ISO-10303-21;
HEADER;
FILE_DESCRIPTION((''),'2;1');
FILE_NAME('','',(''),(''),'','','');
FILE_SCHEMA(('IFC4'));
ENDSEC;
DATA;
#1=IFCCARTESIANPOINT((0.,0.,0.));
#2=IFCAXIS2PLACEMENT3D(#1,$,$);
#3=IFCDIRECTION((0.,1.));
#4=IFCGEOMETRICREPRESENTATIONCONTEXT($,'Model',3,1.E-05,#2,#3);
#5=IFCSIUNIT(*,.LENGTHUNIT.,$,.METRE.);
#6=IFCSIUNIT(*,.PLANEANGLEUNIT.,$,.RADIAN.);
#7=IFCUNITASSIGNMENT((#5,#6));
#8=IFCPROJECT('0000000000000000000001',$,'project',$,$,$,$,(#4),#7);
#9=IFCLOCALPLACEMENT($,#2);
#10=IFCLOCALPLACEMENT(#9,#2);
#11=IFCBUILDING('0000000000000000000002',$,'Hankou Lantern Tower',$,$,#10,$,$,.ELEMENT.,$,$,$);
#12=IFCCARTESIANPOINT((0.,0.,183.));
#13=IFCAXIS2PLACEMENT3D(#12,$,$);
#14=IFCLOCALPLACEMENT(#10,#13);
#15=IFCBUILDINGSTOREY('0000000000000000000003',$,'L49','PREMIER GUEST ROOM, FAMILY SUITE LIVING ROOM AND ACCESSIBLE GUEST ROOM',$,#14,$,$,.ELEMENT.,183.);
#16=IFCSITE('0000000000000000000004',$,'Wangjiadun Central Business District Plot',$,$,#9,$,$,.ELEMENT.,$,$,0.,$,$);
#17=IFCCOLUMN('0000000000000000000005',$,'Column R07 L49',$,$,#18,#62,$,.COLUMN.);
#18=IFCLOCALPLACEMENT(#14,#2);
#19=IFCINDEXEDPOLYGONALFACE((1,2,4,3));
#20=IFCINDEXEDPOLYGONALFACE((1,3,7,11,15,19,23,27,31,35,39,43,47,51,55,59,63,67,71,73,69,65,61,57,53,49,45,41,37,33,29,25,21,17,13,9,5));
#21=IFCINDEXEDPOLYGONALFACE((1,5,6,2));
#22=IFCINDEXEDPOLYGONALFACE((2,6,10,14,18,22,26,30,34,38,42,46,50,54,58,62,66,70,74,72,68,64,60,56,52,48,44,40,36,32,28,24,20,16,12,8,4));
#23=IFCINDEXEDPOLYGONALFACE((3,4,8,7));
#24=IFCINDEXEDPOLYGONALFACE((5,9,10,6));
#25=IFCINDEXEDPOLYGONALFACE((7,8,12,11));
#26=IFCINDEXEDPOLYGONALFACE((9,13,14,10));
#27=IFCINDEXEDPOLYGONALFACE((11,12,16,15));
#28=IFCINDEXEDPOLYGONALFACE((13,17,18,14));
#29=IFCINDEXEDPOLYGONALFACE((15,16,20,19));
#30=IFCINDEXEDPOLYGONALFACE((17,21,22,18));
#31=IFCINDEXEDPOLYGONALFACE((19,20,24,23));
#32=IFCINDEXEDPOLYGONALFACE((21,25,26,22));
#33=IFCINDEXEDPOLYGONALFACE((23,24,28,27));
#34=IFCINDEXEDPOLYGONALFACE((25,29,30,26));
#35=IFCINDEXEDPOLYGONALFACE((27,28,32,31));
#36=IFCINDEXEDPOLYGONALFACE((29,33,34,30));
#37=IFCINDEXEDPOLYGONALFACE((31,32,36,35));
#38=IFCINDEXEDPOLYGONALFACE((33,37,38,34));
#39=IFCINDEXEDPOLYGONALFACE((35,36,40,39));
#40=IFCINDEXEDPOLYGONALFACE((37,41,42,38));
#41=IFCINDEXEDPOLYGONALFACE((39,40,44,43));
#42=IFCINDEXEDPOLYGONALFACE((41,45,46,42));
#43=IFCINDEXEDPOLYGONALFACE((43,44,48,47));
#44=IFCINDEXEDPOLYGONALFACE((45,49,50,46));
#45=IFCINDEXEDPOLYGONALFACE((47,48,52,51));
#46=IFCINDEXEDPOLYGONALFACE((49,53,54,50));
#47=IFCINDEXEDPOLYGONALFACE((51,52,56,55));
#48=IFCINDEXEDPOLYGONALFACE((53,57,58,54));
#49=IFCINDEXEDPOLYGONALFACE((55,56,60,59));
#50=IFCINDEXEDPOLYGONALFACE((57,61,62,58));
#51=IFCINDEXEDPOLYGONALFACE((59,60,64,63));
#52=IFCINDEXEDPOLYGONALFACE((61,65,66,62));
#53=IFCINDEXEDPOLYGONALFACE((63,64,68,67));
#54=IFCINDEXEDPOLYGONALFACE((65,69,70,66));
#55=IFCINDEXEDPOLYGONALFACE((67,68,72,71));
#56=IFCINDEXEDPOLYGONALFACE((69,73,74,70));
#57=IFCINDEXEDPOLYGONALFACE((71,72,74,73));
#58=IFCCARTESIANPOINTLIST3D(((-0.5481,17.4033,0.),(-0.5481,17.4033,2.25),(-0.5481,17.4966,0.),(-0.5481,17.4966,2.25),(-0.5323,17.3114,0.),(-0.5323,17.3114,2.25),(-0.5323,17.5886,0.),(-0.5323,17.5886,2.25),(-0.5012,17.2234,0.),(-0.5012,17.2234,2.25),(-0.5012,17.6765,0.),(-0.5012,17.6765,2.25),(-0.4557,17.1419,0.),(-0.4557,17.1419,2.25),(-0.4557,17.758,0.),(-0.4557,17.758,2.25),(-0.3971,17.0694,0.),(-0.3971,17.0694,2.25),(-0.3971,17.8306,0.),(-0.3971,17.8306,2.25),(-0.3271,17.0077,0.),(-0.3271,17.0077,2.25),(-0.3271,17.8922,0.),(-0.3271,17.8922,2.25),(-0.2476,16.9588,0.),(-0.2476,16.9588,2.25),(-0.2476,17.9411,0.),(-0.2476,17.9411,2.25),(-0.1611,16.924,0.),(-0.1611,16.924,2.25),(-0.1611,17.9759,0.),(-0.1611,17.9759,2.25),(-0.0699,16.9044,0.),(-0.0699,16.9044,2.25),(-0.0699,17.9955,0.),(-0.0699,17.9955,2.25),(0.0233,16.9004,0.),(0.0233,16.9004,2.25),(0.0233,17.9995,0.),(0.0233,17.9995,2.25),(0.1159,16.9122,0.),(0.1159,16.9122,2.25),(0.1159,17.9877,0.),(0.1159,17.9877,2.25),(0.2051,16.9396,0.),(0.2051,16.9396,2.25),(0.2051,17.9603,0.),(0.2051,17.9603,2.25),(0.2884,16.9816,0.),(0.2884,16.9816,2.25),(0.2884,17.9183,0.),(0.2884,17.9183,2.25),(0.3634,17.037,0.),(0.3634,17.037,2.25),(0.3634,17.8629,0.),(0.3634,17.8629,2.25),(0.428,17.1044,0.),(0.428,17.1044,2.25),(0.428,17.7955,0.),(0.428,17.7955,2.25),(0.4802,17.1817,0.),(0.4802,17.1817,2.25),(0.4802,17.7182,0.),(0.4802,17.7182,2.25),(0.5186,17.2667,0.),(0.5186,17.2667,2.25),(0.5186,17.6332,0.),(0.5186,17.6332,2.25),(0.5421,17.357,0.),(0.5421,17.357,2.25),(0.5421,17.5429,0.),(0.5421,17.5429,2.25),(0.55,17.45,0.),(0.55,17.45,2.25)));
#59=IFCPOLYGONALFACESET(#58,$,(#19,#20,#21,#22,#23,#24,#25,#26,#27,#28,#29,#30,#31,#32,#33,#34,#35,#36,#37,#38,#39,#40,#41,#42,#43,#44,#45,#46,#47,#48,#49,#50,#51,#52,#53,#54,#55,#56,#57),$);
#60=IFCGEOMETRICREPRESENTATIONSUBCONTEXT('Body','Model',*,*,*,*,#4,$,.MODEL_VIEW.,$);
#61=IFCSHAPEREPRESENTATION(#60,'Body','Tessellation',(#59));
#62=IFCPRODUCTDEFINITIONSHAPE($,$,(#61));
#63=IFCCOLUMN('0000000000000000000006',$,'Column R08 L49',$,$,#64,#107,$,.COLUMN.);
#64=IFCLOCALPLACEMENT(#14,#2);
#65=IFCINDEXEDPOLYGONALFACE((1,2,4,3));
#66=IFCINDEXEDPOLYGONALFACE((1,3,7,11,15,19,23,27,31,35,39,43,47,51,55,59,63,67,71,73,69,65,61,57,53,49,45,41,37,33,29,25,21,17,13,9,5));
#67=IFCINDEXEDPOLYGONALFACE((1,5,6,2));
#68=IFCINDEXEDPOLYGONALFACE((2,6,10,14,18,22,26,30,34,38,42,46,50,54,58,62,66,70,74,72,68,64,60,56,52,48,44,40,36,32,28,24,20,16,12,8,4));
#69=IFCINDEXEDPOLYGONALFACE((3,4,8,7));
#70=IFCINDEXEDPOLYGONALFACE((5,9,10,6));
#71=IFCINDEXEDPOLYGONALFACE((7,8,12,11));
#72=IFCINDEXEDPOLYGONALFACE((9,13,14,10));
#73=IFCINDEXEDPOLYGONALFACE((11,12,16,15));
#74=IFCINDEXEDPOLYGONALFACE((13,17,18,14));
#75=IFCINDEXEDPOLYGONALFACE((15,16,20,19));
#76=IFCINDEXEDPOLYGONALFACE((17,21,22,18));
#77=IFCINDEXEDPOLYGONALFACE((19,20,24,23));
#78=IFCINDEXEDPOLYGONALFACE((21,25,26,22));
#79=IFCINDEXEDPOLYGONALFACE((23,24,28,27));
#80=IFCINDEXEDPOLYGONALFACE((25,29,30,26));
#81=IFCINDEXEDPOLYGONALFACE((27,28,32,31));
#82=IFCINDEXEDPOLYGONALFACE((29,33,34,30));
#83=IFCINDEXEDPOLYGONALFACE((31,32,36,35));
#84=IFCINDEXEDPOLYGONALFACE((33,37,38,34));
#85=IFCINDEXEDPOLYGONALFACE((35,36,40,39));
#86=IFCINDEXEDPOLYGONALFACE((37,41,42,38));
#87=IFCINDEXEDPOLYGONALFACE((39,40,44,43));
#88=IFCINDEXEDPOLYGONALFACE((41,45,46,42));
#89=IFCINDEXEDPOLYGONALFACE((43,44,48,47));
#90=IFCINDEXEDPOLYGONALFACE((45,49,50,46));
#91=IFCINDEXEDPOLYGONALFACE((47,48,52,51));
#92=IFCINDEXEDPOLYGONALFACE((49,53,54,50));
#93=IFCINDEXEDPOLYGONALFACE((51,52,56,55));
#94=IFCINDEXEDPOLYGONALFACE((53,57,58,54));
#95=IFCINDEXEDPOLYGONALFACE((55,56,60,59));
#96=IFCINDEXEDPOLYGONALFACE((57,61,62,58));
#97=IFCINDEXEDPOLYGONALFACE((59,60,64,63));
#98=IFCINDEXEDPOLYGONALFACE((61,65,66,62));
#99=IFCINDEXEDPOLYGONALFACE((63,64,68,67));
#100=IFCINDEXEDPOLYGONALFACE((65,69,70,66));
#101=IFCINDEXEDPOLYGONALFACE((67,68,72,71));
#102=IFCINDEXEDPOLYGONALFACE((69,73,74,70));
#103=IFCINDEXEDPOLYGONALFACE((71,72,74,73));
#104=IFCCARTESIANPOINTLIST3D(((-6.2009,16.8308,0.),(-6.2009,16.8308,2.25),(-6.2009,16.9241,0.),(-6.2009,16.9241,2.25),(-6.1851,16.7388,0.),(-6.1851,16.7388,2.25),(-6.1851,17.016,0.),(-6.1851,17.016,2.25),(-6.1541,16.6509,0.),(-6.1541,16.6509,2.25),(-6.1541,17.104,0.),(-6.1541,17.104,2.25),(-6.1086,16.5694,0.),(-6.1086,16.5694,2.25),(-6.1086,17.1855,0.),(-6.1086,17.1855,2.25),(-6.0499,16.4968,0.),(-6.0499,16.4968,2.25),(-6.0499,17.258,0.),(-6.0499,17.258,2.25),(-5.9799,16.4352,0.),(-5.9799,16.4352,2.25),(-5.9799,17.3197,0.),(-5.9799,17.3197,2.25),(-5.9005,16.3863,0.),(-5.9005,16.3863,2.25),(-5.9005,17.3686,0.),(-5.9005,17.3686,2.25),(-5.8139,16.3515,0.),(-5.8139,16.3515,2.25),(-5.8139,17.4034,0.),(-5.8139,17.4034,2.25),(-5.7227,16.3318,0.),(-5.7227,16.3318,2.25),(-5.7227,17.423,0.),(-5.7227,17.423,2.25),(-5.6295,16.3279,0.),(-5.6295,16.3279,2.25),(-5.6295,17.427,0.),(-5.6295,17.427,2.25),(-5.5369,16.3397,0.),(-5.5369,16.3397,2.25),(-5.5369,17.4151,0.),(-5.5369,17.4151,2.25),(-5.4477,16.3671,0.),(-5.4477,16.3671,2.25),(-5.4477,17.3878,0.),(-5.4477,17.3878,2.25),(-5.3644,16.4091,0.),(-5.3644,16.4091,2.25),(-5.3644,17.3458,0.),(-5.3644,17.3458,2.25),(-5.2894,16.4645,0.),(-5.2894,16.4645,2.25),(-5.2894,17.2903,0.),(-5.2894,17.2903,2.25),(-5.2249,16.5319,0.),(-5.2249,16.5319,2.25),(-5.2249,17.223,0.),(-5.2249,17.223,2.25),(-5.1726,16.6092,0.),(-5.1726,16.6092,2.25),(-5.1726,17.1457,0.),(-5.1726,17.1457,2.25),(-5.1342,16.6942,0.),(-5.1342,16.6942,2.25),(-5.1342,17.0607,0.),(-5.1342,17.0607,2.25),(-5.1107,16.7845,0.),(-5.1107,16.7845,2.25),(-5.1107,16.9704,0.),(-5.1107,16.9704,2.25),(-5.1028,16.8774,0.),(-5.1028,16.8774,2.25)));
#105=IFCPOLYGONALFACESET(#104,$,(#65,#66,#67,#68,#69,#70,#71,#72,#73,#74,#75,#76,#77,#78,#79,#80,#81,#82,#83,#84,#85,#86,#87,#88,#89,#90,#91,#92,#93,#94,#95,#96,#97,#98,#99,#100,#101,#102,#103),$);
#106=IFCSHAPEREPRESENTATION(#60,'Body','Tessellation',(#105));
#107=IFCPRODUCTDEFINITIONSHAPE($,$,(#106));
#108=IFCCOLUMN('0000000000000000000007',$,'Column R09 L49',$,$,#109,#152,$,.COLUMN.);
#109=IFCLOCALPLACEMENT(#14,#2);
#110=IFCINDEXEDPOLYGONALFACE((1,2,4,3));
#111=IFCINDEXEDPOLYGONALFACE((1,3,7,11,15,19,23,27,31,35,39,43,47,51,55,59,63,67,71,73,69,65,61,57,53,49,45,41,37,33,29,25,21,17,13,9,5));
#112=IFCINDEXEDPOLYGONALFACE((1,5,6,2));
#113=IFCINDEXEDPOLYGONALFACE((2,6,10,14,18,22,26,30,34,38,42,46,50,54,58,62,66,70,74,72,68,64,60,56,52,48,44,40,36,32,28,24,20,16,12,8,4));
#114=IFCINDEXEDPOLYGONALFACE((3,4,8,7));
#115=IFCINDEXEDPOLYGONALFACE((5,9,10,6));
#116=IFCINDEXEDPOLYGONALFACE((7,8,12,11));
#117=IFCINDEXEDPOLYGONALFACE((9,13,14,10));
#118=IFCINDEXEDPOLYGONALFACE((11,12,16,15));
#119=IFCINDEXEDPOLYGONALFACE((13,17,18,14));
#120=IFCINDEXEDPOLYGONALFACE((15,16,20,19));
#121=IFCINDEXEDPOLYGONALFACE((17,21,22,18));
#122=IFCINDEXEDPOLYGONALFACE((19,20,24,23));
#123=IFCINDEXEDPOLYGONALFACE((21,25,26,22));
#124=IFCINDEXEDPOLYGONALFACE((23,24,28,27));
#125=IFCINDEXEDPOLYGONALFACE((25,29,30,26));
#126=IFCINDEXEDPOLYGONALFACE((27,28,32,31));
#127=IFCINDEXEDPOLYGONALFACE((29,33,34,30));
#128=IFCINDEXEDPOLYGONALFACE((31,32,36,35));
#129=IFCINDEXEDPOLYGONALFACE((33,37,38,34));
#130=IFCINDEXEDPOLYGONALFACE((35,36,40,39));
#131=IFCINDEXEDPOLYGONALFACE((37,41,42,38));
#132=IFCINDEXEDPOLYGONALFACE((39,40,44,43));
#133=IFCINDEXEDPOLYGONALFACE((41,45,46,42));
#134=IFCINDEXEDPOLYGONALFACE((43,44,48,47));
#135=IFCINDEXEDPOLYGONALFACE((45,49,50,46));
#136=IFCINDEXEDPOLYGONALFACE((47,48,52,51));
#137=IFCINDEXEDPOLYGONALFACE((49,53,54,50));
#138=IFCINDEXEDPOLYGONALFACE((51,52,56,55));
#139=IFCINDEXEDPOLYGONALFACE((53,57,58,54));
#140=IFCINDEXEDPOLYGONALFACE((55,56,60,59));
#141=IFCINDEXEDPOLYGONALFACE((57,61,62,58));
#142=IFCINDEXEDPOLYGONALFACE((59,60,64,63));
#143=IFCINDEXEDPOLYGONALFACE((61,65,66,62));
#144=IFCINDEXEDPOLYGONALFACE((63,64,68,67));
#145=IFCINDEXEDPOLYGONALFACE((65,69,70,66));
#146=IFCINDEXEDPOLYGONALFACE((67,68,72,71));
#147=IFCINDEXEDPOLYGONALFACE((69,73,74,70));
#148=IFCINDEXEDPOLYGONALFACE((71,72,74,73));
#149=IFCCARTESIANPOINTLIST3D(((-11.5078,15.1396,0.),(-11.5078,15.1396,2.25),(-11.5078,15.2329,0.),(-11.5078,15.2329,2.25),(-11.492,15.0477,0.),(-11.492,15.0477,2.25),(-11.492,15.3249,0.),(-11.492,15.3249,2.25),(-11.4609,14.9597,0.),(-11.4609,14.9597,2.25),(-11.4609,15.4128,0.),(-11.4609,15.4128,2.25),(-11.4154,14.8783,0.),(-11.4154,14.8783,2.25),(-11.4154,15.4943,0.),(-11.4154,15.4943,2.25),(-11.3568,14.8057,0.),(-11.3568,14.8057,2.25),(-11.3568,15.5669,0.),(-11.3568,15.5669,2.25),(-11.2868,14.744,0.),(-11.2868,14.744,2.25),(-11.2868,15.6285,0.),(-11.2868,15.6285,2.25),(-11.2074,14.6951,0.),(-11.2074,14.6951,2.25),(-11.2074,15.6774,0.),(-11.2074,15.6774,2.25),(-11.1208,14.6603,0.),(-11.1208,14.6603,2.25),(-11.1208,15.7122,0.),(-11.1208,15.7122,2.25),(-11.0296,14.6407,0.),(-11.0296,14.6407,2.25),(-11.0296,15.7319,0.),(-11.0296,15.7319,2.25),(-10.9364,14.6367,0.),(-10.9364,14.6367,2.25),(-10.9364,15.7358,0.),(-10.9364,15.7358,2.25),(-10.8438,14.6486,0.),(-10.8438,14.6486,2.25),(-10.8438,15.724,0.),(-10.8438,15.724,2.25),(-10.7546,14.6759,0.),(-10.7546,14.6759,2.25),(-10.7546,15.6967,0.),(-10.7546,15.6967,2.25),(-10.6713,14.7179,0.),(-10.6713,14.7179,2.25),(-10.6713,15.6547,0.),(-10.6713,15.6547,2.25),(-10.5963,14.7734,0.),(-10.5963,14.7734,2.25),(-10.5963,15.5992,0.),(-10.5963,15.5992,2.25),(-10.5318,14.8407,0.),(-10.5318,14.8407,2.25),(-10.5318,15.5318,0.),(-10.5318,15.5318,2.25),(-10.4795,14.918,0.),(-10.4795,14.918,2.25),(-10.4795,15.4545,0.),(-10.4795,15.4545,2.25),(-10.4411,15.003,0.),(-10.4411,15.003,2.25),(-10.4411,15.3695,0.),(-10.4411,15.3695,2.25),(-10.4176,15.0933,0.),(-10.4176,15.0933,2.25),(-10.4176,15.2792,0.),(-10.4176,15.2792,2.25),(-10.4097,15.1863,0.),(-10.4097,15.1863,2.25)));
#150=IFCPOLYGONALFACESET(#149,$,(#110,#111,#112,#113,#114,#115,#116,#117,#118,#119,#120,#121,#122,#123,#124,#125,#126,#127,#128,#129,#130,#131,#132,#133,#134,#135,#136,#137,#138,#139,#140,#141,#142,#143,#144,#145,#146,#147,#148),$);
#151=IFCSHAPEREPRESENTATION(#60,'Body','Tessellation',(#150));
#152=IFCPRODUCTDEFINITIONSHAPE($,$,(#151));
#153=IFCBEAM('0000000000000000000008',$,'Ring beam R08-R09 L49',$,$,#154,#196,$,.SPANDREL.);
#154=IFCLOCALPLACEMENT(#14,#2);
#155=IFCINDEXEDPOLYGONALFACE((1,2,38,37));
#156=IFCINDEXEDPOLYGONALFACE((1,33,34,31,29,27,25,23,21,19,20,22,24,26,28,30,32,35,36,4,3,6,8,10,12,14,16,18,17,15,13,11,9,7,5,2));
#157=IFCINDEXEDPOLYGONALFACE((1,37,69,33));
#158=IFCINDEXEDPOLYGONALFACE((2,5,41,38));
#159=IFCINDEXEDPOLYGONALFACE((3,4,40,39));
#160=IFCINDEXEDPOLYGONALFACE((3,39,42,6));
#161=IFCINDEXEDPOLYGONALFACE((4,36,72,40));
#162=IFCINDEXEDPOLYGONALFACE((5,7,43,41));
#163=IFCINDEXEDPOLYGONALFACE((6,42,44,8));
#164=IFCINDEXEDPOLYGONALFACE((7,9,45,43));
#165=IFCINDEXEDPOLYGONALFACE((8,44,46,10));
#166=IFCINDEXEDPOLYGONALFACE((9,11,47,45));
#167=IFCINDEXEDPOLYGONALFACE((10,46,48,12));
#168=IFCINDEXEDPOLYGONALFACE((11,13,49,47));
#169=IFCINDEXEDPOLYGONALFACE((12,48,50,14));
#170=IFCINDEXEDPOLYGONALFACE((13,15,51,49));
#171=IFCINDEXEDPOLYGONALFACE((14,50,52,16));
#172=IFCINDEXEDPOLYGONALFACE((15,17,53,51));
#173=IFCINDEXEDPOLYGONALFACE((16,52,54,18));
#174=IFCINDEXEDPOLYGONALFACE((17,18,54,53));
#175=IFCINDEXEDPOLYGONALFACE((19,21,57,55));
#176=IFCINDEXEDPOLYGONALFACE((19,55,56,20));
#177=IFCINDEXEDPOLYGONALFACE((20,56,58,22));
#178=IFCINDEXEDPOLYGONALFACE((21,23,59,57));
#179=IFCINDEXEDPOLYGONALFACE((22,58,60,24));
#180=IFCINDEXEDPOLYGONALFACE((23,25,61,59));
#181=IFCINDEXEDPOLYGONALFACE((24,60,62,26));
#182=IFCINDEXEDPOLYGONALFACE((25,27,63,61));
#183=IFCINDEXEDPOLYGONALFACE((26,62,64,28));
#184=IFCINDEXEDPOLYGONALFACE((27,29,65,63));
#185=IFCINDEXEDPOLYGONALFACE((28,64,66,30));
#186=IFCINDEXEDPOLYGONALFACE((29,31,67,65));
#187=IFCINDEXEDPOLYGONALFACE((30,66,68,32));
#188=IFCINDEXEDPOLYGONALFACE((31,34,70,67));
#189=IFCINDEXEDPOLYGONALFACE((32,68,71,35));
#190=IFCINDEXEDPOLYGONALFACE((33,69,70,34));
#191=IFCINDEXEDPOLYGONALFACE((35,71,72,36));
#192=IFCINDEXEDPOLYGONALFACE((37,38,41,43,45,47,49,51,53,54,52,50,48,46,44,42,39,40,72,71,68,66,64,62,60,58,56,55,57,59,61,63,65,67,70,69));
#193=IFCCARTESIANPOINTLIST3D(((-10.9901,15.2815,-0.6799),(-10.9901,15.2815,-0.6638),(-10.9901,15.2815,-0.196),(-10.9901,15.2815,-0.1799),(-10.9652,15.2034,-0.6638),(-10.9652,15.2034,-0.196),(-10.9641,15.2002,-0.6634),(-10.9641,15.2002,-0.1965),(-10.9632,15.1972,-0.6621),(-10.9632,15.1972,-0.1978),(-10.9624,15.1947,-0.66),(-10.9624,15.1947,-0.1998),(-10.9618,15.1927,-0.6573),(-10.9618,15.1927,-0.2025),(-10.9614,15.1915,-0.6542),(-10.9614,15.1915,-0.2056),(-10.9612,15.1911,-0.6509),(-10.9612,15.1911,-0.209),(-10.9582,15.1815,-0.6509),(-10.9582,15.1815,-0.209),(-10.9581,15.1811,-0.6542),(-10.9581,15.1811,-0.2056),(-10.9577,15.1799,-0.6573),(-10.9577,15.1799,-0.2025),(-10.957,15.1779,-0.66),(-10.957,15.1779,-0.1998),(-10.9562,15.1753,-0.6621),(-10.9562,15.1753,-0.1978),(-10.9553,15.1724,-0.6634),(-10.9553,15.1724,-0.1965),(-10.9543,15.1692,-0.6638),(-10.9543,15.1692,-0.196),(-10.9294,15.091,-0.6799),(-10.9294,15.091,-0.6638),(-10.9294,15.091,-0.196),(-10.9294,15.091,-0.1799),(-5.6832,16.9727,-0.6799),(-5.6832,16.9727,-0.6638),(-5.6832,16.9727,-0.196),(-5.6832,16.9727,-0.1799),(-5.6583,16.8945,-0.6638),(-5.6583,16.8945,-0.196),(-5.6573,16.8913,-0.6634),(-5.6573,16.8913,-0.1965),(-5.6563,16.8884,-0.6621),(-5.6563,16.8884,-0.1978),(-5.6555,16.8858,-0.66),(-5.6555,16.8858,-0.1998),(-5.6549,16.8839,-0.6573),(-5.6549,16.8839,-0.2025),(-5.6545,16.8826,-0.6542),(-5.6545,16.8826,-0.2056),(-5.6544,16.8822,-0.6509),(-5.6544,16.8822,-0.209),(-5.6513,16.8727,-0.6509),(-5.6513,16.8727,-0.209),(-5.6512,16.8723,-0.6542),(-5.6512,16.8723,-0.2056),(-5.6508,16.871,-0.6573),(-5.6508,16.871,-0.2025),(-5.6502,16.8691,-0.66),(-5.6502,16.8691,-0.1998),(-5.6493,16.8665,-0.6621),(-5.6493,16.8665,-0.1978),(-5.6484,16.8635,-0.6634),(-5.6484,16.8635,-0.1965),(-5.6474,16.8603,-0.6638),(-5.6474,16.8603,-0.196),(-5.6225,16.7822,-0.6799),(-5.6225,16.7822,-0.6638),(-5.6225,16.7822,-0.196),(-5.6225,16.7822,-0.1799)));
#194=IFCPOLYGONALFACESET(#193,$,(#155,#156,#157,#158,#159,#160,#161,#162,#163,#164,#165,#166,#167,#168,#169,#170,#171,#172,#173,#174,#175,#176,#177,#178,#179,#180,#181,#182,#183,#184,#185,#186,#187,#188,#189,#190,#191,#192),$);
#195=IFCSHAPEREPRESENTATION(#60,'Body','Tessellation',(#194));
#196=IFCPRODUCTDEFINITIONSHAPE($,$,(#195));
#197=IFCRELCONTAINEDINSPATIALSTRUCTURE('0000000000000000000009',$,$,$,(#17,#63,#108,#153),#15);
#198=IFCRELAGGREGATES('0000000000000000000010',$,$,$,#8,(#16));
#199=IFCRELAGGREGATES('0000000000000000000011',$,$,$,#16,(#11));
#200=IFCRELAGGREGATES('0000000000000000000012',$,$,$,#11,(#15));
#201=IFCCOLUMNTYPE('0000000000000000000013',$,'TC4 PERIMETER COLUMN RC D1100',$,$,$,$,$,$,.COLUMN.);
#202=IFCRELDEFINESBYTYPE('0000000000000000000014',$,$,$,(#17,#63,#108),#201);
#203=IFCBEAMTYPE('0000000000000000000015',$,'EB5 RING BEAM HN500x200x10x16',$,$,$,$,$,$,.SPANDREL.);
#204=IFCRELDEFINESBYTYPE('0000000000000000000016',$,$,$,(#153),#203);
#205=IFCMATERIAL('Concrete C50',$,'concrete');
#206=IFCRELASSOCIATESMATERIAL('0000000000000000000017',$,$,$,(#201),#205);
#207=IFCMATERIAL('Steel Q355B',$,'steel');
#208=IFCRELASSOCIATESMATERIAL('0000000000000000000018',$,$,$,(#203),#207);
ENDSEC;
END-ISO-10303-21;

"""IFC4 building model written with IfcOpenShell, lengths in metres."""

from ifc_helpers import new_model, si_unit, direction, frame, origin, origin_2d, place, context, subcontext, project, spatial, circle, i_section, extrude, clip, halfspace, material, material_profile, profile_set, type_object, element, save


model = new_model("IFC4")

# Units and contexts
model_context = context("Model", 3, precision=1e-05, world=origin(), true_north=direction((0.0, 1.0)))
body_context = subcontext(model_context, "Body", "Model", "MODEL_VIEW")
ifc_project = project(units=[si_unit("LENGTHUNIT", "METRE"), si_unit("PLANEANGLEUNIT", "RADIAN")], contexts=[model_context])

# Site, building, storey
site_placement = place(None, origin())
site = spatial("IfcSite", under=ifc_project, at=site_placement, Name="Wangjiadun Central Business District Plot", CompositionType="ELEMENT", RefElevation=0.0)
building_placement = place(site_placement, origin())
building = spatial("IfcBuilding", under=site, at=building_placement, Name="Hankou Lantern Tower", CompositionType="ELEMENT")
storey_placement = place(building_placement, frame((0.0, 0.0, 183.0)))
storey = spatial("IfcBuildingStorey", under=building, at=storey_placement, Name="L49", Description="PREMIER GUEST ROOM, FAMILY SUITE LIVING ROOM AND ACCESSIBLE GUEST ROOM", CompositionType="ELEMENT", Elevation=183.0)

# Columns
ifc_material_1 = material(Name="Concrete C50", Category="concrete")
ifc_material_profile_1 = material_profile(ifc_material_1, circle(Radius=0.55, at=origin_2d()), Name="RC D1100")
ifc_profile_set_1 = profile_set([ifc_material_profile_1], Name="Concrete C50")
column_type = type_object("IfcColumnType", Name="TC4 PERIMETER COLUMN RC D1100", PredefinedType="COLUMN", material=ifc_profile_set_1)
for number, where, z_axis, x_axis, name in (
    (1, (0.0, 17.45, 0.0), (0.0, 0.0, 1.0), (1.0, 0.0, 0.0), "Column R07 L49"),
    (2, (-5.6528, 16.8774, 0.0), (0.0, 0.0, 1.0), (1.0, 0.0, 0.0), "Column R08 L49"),
    (3, (-10.9597, 15.1863, 0.0), (0.0, 0.0, 1.0), (1.0, 0.0, 0.0), "Column R09 L49"),
):
    element("IfcColumn", number, at=place(storey_placement, frame(where, z_axis=z_axis, x_axis=x_axis)), inside=storey, type_object=column_type, Name=name, PredefinedType="COLUMN", context=body_context, shape_type="Clipping", body=[
        clip(extrude(circle(Radius=0.55, at=origin_2d()), origin(), (0.0, 0.0, 1.0), 3.3), halfspace(frame((0.0, 0.0, 2.25), z_axis=(0.0, 0.0, 1.0), x_axis=(1.0, 0.0, 0.0)), False)),
    ])

# Beam
ifc_material_2 = material(Name="Steel Q355B", Category="steel")
ifc_material_profile_2 = material_profile(ifc_material_2, i_section(OverallWidth=0.2, OverallDepth=0.5, WebThickness=0.01, FlangeThickness=0.0161, FilletRadius=0.0129, at=origin_2d()), Name="HN500x200x10x16")
ifc_profile_set_2 = profile_set([ifc_material_profile_2], Name="Steel Q355B")
beam_type_1 = type_object("IfcBeamType", Name="EB5 RING BEAM HN500x200x10x16", PredefinedType="SPANDREL", material=ifc_profile_set_2)
beam_1_placement = place(storey_placement, frame((-5.6528, 16.8774, -0.4299), z_axis=(-0.95279, -0.303629, 0.0), x_axis=(0.303629, -0.95279, 0.0)))
element("IfcBeam", 4, at=beam_1_placement, inside=storey, type_object=beam_type_1, Name="Ring beam R08-R09 L49", PredefinedType="SPANDREL", context=body_context, shape_type="SweptSolid", body=[
    extrude(i_section(OverallWidth=0.2, OverallDepth=0.5, WebThickness=0.01, FlangeThickness=0.0161, FilletRadius=0.0129, at=origin_2d()), origin(), (0.0, 0.0, 1.0), 5.5698),
])

save(model, "model.ifc")
